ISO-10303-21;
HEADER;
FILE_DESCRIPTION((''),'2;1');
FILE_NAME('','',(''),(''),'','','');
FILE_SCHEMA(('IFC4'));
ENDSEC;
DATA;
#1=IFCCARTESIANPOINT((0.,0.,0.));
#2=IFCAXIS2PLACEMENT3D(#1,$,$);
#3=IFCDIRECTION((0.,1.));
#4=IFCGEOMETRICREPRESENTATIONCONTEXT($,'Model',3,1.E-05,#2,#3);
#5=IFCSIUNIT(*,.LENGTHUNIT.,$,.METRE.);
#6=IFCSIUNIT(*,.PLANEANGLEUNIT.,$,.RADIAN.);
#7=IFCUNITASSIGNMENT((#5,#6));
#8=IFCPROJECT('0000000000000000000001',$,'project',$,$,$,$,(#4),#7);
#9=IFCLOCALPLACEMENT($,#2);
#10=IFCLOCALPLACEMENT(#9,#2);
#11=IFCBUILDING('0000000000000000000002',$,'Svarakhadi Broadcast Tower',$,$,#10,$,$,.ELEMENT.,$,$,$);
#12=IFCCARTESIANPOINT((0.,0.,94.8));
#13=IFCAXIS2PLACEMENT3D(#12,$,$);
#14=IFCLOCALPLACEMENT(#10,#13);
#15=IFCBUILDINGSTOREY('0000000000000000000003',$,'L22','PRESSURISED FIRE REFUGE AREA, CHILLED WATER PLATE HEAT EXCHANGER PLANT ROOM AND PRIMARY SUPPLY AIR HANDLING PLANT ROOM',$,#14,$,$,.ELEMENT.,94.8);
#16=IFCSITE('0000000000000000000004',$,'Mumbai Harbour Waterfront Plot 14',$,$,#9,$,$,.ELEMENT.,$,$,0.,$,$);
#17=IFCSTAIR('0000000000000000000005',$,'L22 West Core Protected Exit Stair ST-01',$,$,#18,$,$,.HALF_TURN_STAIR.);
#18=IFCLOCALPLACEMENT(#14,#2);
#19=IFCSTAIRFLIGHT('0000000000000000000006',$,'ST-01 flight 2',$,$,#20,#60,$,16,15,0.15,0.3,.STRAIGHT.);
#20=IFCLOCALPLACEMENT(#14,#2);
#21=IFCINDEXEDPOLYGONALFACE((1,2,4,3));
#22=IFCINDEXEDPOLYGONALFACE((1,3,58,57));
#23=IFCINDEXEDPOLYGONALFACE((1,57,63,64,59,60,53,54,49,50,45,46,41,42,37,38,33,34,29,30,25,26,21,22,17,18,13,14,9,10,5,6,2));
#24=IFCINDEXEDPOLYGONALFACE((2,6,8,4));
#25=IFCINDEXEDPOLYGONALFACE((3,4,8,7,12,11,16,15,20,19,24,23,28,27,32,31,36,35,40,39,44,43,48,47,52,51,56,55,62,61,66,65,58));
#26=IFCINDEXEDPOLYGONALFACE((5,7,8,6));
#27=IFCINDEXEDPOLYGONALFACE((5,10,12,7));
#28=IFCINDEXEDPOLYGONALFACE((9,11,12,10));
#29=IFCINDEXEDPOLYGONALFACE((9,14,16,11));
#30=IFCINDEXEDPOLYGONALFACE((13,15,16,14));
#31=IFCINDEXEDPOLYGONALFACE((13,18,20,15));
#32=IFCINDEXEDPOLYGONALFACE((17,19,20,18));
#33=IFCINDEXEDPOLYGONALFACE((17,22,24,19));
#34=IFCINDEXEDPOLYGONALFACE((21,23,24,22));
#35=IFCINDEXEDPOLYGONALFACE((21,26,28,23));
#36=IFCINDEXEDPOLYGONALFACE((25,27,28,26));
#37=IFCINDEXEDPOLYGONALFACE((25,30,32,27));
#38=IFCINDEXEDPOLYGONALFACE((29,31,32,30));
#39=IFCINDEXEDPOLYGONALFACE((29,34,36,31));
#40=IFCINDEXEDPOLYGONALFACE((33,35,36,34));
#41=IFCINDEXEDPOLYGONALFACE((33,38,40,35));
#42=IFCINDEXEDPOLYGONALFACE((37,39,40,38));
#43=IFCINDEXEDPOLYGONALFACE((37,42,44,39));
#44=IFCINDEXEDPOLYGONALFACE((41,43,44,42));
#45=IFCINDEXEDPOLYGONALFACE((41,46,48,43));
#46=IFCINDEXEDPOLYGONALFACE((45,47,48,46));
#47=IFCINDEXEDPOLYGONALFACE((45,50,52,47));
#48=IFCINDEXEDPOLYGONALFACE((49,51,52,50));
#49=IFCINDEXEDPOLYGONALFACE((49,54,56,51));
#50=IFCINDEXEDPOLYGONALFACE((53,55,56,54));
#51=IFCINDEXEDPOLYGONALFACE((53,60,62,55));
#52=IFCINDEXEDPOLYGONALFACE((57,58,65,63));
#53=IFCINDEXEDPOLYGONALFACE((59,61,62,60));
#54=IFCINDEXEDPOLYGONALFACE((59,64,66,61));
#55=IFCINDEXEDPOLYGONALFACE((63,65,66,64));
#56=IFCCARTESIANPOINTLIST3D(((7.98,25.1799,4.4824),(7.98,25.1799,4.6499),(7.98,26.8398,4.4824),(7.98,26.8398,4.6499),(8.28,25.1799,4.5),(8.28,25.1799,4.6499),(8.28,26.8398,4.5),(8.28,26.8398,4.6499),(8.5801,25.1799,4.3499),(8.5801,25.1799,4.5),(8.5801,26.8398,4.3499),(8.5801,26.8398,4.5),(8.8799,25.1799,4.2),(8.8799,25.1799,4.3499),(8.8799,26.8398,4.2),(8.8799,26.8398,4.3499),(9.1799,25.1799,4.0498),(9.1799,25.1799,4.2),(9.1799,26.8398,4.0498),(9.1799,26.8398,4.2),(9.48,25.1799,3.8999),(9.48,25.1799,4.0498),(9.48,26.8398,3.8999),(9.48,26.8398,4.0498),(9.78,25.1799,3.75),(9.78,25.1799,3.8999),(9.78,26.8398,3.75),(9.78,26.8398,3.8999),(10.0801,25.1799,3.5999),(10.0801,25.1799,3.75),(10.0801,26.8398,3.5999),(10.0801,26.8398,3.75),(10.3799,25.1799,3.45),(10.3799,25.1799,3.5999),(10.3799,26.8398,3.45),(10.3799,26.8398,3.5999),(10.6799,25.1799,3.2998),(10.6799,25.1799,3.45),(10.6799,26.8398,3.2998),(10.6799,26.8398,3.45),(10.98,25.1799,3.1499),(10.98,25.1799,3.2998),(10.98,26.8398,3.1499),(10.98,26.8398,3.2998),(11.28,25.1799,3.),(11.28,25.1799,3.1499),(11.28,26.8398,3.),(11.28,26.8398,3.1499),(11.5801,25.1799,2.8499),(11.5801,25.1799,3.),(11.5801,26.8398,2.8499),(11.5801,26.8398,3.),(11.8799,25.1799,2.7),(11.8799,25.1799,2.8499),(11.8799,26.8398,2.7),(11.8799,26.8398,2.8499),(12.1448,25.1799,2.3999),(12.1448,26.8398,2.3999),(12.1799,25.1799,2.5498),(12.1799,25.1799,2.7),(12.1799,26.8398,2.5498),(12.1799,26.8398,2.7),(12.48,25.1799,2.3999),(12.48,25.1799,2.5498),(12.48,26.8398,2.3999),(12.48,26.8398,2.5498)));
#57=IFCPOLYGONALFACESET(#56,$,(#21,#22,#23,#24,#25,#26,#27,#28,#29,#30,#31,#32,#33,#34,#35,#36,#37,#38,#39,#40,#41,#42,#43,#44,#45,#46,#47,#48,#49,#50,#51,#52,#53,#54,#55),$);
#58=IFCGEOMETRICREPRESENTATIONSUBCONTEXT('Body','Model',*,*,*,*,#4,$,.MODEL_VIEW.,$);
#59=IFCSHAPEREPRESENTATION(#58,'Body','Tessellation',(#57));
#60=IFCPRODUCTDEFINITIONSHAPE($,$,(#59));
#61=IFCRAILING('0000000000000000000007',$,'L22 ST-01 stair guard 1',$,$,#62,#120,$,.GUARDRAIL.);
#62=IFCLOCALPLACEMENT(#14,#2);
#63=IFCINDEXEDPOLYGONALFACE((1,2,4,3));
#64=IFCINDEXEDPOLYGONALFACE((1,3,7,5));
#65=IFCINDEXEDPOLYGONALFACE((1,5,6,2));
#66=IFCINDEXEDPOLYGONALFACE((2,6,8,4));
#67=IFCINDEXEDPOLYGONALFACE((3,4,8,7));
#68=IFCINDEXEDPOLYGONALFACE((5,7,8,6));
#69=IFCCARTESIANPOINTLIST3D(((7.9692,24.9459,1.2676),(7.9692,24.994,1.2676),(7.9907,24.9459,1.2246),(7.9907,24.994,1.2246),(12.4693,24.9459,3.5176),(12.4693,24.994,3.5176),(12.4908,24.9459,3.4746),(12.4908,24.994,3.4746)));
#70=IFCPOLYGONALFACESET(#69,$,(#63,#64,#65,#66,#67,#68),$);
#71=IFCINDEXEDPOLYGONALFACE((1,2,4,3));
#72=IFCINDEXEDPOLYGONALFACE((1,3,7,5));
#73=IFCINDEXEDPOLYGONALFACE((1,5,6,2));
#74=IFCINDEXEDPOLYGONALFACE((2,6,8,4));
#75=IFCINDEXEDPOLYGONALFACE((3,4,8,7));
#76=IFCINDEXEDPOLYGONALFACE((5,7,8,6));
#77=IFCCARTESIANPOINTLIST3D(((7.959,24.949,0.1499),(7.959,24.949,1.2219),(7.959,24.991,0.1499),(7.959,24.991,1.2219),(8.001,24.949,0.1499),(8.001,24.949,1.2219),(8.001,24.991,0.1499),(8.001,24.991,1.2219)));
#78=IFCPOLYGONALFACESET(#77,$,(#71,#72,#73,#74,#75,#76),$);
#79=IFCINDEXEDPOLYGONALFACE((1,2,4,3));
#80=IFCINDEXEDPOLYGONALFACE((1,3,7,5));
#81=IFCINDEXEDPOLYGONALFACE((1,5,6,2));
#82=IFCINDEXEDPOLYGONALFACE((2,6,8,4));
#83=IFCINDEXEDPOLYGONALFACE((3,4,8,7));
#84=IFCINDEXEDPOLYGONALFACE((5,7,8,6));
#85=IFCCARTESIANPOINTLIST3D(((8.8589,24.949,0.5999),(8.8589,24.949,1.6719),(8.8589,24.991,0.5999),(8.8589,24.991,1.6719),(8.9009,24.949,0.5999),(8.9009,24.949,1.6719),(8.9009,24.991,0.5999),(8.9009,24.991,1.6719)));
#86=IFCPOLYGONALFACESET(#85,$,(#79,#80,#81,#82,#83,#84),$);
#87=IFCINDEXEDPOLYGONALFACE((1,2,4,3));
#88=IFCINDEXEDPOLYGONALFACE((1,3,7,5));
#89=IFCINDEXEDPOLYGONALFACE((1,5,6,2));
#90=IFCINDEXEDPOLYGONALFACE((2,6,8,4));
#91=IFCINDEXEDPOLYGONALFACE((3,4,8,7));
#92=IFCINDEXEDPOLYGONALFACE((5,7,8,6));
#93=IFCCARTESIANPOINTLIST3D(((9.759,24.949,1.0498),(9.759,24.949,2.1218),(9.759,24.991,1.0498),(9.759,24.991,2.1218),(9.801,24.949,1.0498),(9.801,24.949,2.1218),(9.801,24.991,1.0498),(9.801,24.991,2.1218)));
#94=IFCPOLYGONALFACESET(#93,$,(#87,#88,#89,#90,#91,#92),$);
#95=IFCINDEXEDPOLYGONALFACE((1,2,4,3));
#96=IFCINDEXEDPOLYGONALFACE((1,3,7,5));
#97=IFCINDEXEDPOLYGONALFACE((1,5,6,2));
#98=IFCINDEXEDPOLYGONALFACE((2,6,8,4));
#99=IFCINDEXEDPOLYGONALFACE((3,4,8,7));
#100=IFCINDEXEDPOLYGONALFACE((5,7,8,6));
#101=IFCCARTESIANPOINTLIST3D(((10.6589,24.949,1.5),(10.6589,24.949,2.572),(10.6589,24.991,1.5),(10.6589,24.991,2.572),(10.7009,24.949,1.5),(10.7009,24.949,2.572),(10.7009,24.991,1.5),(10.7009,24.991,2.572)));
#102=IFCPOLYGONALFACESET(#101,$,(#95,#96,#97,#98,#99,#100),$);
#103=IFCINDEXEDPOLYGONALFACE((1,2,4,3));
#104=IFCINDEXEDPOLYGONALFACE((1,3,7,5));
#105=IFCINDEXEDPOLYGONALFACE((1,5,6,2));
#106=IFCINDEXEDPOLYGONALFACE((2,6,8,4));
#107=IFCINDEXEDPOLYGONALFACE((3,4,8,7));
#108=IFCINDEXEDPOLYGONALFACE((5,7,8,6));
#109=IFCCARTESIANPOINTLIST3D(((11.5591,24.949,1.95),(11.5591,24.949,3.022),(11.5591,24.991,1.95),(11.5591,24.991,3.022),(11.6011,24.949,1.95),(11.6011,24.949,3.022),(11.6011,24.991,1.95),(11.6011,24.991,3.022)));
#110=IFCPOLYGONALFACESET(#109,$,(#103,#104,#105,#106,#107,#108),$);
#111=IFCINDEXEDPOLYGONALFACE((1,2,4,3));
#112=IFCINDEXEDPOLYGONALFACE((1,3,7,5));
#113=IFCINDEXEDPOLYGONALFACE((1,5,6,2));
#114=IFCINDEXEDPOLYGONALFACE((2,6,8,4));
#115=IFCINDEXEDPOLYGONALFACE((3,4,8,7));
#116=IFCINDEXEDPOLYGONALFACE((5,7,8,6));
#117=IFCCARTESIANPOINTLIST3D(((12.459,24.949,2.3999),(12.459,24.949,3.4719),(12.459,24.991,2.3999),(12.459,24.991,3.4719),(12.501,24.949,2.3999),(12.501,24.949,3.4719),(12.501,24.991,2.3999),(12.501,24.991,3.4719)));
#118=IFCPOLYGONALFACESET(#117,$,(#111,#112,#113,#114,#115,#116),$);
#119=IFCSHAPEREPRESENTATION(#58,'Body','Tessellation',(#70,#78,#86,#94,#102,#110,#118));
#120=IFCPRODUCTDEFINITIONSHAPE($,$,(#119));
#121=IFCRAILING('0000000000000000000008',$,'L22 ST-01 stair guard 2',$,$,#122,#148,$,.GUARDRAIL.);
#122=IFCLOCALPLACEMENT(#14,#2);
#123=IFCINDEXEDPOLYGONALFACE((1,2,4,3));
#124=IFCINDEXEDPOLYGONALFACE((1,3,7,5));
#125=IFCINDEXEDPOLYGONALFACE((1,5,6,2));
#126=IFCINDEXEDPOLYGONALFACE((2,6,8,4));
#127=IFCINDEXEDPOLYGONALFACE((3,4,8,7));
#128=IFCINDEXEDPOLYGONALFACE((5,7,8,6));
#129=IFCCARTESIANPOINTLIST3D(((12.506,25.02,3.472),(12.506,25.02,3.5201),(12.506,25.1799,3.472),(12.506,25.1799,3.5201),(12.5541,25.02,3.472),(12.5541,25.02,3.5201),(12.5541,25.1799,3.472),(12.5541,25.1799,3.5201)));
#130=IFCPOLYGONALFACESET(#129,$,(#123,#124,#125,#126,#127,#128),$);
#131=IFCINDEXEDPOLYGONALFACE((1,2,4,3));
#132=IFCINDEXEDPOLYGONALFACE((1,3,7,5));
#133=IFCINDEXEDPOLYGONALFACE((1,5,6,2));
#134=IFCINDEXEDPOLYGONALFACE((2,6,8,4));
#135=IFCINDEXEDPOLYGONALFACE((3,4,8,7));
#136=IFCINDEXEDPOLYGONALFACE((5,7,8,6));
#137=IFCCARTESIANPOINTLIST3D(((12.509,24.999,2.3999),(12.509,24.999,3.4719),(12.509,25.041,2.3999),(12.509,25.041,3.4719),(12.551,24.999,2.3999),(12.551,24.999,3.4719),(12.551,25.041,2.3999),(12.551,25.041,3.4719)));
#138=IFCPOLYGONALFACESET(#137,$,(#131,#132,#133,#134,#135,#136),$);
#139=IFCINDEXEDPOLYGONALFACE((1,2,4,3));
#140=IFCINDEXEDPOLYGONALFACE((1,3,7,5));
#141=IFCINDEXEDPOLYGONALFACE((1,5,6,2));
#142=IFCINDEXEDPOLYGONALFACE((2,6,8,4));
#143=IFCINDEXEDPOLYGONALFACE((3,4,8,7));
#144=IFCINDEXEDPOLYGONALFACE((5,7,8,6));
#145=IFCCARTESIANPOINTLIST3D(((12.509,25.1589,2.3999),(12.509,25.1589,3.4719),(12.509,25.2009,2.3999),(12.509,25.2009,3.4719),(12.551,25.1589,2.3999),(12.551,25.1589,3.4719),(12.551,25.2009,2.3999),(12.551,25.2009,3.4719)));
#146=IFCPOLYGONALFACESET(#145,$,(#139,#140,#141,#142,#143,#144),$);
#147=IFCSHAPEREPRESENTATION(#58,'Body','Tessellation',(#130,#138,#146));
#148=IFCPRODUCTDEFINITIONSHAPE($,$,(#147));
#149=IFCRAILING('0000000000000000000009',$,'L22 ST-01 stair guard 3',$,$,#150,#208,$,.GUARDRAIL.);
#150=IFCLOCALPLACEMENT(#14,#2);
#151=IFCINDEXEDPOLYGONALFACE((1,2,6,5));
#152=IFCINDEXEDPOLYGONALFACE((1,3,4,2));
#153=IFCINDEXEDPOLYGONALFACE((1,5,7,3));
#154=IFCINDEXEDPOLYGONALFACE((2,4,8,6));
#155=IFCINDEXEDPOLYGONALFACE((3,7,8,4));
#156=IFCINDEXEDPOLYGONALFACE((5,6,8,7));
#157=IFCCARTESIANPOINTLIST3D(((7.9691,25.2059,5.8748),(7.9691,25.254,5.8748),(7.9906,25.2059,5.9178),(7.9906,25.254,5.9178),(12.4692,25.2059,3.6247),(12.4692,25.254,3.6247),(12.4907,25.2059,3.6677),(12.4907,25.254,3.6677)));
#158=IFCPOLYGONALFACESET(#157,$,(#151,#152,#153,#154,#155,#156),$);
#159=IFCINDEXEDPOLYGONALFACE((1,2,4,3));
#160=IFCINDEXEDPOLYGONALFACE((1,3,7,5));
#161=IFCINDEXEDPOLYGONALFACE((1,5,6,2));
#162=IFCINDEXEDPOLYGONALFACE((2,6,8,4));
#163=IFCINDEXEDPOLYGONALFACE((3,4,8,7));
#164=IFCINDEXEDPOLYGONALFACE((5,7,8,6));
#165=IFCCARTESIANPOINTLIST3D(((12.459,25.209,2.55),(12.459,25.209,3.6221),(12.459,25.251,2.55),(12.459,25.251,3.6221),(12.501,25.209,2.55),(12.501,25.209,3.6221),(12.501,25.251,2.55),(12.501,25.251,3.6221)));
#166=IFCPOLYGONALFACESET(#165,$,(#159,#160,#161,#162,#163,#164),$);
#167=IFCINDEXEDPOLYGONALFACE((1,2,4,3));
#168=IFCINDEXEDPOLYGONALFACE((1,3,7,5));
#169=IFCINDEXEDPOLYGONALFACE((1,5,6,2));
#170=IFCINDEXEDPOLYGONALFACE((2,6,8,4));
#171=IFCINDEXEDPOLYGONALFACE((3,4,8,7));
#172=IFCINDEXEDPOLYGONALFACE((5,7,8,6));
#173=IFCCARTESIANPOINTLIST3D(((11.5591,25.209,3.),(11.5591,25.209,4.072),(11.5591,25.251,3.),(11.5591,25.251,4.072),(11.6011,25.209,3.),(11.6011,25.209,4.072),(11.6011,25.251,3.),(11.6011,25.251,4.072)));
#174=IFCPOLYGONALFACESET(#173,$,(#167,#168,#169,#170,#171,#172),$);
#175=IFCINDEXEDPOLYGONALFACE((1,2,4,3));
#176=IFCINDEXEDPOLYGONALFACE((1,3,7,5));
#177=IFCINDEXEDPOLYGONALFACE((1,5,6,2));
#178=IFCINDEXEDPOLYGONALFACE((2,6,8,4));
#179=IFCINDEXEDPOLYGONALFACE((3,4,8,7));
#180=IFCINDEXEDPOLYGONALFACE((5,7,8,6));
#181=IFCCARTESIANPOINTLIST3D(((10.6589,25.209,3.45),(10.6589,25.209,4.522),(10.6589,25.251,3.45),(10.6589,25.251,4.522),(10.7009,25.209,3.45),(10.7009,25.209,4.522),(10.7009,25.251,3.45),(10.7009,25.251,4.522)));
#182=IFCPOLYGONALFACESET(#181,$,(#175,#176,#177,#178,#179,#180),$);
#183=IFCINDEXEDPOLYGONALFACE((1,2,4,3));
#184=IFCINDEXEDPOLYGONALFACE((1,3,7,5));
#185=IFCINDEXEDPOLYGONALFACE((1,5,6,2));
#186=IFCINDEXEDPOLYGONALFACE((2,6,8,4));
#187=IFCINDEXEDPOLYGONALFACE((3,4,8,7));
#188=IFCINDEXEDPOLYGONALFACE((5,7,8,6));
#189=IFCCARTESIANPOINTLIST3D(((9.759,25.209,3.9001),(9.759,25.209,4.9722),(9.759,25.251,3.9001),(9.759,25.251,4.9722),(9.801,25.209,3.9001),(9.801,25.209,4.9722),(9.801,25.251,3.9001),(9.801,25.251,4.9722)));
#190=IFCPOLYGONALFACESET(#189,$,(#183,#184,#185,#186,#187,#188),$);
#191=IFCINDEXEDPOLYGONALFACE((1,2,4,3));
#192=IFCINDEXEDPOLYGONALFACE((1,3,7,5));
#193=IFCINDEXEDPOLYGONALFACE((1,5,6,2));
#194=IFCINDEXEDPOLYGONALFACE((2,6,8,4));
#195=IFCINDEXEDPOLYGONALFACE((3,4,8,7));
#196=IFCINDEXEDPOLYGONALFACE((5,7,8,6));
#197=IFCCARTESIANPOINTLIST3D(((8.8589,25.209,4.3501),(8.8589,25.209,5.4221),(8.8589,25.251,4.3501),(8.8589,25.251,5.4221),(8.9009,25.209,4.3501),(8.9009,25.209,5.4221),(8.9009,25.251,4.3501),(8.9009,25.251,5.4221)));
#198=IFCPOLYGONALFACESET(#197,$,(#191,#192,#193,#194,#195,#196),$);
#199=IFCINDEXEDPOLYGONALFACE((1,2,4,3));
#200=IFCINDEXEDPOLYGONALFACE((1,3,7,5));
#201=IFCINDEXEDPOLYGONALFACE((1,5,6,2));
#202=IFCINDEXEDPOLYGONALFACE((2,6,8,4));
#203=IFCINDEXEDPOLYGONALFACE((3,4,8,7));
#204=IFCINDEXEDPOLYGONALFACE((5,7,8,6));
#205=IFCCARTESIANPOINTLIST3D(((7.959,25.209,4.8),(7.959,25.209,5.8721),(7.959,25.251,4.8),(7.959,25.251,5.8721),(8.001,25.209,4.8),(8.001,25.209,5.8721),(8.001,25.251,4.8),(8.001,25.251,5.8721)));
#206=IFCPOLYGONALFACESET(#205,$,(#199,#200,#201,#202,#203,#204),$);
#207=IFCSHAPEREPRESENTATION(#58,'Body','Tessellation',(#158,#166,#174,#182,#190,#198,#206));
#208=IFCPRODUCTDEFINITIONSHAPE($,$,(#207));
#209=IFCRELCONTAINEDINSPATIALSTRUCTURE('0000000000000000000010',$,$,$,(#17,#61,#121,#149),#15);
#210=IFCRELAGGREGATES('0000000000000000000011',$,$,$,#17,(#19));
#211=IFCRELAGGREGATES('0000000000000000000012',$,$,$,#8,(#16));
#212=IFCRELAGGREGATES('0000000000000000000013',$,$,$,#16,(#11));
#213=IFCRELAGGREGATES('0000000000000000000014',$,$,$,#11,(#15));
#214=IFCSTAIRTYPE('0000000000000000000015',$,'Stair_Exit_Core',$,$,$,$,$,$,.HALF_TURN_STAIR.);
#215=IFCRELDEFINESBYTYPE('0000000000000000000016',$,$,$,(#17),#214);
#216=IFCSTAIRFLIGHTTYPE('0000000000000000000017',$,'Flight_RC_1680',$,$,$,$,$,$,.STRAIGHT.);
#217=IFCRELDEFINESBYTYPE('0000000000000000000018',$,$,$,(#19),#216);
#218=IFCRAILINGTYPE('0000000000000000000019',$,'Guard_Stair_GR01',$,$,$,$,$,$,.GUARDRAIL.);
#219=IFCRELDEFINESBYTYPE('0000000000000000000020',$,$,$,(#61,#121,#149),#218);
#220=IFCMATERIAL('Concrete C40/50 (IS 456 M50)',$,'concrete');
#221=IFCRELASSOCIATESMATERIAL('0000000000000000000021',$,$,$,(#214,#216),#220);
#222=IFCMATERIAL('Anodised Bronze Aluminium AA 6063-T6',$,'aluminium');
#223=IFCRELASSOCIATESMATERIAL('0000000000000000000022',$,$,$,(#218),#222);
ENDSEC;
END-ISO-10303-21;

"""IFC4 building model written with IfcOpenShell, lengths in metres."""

from ifc_helpers import new_model, si_unit, direction, frame, origin, origin_2d, place, context, subcontext, project, spatial, polyline, rectangle, outline, extrude, material, type_object, element, aggregate, save


model = new_model("IFC4")

# Units and contexts
model_context = context("Model", 3, precision=1e-05, world=origin(), true_north=direction((0.0, 1.0)))
body_context = subcontext(model_context, "Body", "Model", "MODEL_VIEW")
ifc_project = project(units=[si_unit("LENGTHUNIT", "METRE"), si_unit("PLANEANGLEUNIT", "RADIAN")], contexts=[model_context])

# Site, building, storey
site_placement = place(None, origin())
site = spatial("IfcSite", under=ifc_project, at=site_placement, Name="Mumbai Harbour Waterfront Plot 14", CompositionType="ELEMENT", RefElevation=0.0)
building_placement = place(site_placement, origin())
building = spatial("IfcBuilding", under=site, at=building_placement, Name="Svarakhadi Broadcast Tower", CompositionType="ELEMENT")
storey_placement = place(building_placement, frame((0.0, 0.0, 94.8)))
storey = spatial("IfcBuildingStorey", under=building, at=storey_placement, Name="L22", Description="PRESSURISED FIRE REFUGE AREA, CHILLED WATER PLATE HEAT EXCHANGER PLANT ROOM AND PRIMARY SUPPLY AIR HANDLING PLANT ROOM", CompositionType="ELEMENT", Elevation=94.8)

# Shared definitions
ifc_material_1 = material(Name="Concrete C40/50 (IS 456 M50)", Category="concrete")

# Stair, stair flight
stair_type = type_object("IfcStairType", Name="Stair_Exit_Core", PredefinedType="HALF_TURN_STAIR", material=ifc_material_1)
stair_placement = place(storey_placement, origin())
stair = element("IfcStair", 1, at=stair_placement, inside=storey, type_object=stair_type, Name="L22 West Core Protected Exit Stair ST-01", PredefinedType="HALF_TURN_STAIR")
stair_flight_type = type_object("IfcStairFlightType", Name="Flight_RC_1680", PredefinedType="STRAIGHT", material=ifc_material_1)
stair_flight_1_placement = place(storey_placement, frame((12.48, 26.01, 2.3999), z_axis=(0.0, 0.0, 1.0), x_axis=(-1.0, 0.0, 0.0)))
stair_flight_1 = element("IfcStairFlight", 2, at=stair_flight_1_placement, type_object=stair_flight_type, Name="ST-01 flight 2", NumberOfRisers=16, NumberOfTreads=15, PredefinedType="STRAIGHT", RiserHeight=0.15, TreadLength=0.3, context=body_context, shape_type="SweptSolid", body=[
    extrude(outline(polyline([(0.0, 0.0), (0.0, 0.1499), (0.3, 0.1499), (0.3, 0.3), (0.6001, 0.3), (0.6001, 0.45), (0.8999, 0.45), (0.8999, 0.6001), (1.2, 0.6001), (1.2, 0.75), (1.5, 0.75), (1.5, 0.8999), (1.8, 0.8999), (1.8, 1.05), (2.1001, 1.05), (2.1001, 1.2), (2.3999, 1.2), (2.3999, 1.3501), (2.7, 1.3501), (2.7, 1.5), (3.0, 1.5), (3.0, 1.6499), (3.3, 1.6499), (3.3, 1.8), (3.6001, 1.8), (3.6001, 1.95), (3.8999, 1.95), (3.8999, 2.1001), (4.2, 2.1001), (4.2, 2.25), (4.5, 2.25), (4.5, 2.3999), (4.5, 2.0825), (0.3352, 0.0), (0.0, 0.0)])), frame((0.0, 0.8301, 0.0), z_axis=(0.0, -1.0, 0.0), x_axis=(1.0, 0.0, 0.0)), (0.0, 0.0, 1.0), 1.6599),
])
aggregate(stair, [stair_flight_1])

# Railings
ifc_material_2 = material(Name="Anodised Bronze Aluminium AA 6063-T6", Category="aluminium")
railing_type_1 = type_object("IfcRailingType", Name="Guard_Stair_GR01", PredefinedType="GUARDRAIL", material=ifc_material_2)
railing_1_placement = place(storey_placement, frame((7.98, 24.97, 0.1499)))
element("IfcRailing", 3, at=railing_1_placement, inside=storey, type_object=railing_type_1, Name="L22 ST-01 stair guard 1", PredefinedType="GUARDRAIL", context=body_context, shape_type="SweptSolid", body=[
    extrude(rectangle(XDim=0.0481, YDim=0.0481, at=origin_2d()), frame((0.0, 0.0, 1.0962), z_axis=(0.894427, 0.0, 0.447214), x_axis=(0.0, 1.0, 0.0)), (0.0, 0.0, 1.0), 5.0312),
    extrude(rectangle(XDim=0.042, YDim=0.042, at=origin_2d()), origin(), (0.0, 0.0, 1.0), 1.072),
    extrude(rectangle(XDim=0.042, YDim=0.042, at=origin_2d()), frame((0.8999, 0.0, 0.45)), (0.0, 0.0, 1.0), 1.072),
    extrude(rectangle(XDim=0.042, YDim=0.042, at=origin_2d()), frame((1.8, 0.0, 0.8999)), (0.0, 0.0, 1.0), 1.072),
    extrude(rectangle(XDim=0.042, YDim=0.042, at=origin_2d()), frame((2.7, 0.0, 1.3501)), (0.0, 0.0, 1.0), 1.072),
    extrude(rectangle(XDim=0.042, YDim=0.042, at=origin_2d()), frame((3.6001, 0.0, 1.8)), (0.0, 0.0, 1.0), 1.072),
    extrude(rectangle(XDim=0.042, YDim=0.042, at=origin_2d()), frame((4.5, 0.0, 2.25)), (0.0, 0.0, 1.0), 1.072),
])
railing_2_placement = place(storey_placement, frame((12.53, 25.02, 2.3999)))
element("IfcRailing", 4, at=railing_2_placement, inside=storey, type_object=railing_type_1, Name="L22 ST-01 stair guard 2", PredefinedType="GUARDRAIL", context=body_context, shape_type="SweptSolid", body=[
    extrude(rectangle(XDim=0.0481, YDim=0.0481, at=origin_2d()), frame((0.0, 0.0, 1.0962), z_axis=(0.0, 1.0, 0.0), x_axis=(-1.0, 0.0, 0.0)), (0.0, 0.0, 1.0), 0.1599),
    extrude(rectangle(XDim=0.042, YDim=0.042, at=origin_2d()), origin(), (0.0, 0.0, 1.0), 1.072),
    extrude(rectangle(XDim=0.042, YDim=0.042, at=origin_2d()), frame((0.0, 0.1599, 0.0)), (0.0, 0.0, 1.0), 1.072),
])
railing_3_placement = place(storey_placement, frame((12.48, 25.23, 2.55)))
element("IfcRailing", 5, at=railing_3_placement, inside=storey, type_object=railing_type_1, Name="L22 ST-01 stair guard 3", PredefinedType="GUARDRAIL", context=body_context, shape_type="SweptSolid", body=[
    extrude(rectangle(XDim=0.0481, YDim=0.0481, at=origin_2d()), frame((0.0, 0.0, 1.0962), z_axis=(-0.894427, 0.0, 0.447214), x_axis=(0.0, -1.0, 0.0)), (0.0, 0.0, 1.0), 5.0312),
    extrude(rectangle(XDim=0.042, YDim=0.042, at=origin_2d()), origin(), (0.0, 0.0, 1.0), 1.072),
    extrude(rectangle(XDim=0.042, YDim=0.042, at=origin_2d()), frame((-0.8999, 0.0, 0.45)), (0.0, 0.0, 1.0), 1.072),
    extrude(rectangle(XDim=0.042, YDim=0.042, at=origin_2d()), frame((-1.8, 0.0, 0.8999)), (0.0, 0.0, 1.0), 1.072),
    extrude(rectangle(XDim=0.042, YDim=0.042, at=origin_2d()), frame((-2.7, 0.0, 1.3501)), (0.0, 0.0, 1.0), 1.072),
    extrude(rectangle(XDim=0.042, YDim=0.042, at=origin_2d()), frame((-3.6001, 0.0, 1.8)), (0.0, 0.0, 1.0), 1.072),
    extrude(rectangle(XDim=0.042, YDim=0.042, at=origin_2d()), frame((-4.5, 0.0, 2.25)), (0.0, 0.0, 1.0), 1.072),
])

save(model, "model.ifc")
